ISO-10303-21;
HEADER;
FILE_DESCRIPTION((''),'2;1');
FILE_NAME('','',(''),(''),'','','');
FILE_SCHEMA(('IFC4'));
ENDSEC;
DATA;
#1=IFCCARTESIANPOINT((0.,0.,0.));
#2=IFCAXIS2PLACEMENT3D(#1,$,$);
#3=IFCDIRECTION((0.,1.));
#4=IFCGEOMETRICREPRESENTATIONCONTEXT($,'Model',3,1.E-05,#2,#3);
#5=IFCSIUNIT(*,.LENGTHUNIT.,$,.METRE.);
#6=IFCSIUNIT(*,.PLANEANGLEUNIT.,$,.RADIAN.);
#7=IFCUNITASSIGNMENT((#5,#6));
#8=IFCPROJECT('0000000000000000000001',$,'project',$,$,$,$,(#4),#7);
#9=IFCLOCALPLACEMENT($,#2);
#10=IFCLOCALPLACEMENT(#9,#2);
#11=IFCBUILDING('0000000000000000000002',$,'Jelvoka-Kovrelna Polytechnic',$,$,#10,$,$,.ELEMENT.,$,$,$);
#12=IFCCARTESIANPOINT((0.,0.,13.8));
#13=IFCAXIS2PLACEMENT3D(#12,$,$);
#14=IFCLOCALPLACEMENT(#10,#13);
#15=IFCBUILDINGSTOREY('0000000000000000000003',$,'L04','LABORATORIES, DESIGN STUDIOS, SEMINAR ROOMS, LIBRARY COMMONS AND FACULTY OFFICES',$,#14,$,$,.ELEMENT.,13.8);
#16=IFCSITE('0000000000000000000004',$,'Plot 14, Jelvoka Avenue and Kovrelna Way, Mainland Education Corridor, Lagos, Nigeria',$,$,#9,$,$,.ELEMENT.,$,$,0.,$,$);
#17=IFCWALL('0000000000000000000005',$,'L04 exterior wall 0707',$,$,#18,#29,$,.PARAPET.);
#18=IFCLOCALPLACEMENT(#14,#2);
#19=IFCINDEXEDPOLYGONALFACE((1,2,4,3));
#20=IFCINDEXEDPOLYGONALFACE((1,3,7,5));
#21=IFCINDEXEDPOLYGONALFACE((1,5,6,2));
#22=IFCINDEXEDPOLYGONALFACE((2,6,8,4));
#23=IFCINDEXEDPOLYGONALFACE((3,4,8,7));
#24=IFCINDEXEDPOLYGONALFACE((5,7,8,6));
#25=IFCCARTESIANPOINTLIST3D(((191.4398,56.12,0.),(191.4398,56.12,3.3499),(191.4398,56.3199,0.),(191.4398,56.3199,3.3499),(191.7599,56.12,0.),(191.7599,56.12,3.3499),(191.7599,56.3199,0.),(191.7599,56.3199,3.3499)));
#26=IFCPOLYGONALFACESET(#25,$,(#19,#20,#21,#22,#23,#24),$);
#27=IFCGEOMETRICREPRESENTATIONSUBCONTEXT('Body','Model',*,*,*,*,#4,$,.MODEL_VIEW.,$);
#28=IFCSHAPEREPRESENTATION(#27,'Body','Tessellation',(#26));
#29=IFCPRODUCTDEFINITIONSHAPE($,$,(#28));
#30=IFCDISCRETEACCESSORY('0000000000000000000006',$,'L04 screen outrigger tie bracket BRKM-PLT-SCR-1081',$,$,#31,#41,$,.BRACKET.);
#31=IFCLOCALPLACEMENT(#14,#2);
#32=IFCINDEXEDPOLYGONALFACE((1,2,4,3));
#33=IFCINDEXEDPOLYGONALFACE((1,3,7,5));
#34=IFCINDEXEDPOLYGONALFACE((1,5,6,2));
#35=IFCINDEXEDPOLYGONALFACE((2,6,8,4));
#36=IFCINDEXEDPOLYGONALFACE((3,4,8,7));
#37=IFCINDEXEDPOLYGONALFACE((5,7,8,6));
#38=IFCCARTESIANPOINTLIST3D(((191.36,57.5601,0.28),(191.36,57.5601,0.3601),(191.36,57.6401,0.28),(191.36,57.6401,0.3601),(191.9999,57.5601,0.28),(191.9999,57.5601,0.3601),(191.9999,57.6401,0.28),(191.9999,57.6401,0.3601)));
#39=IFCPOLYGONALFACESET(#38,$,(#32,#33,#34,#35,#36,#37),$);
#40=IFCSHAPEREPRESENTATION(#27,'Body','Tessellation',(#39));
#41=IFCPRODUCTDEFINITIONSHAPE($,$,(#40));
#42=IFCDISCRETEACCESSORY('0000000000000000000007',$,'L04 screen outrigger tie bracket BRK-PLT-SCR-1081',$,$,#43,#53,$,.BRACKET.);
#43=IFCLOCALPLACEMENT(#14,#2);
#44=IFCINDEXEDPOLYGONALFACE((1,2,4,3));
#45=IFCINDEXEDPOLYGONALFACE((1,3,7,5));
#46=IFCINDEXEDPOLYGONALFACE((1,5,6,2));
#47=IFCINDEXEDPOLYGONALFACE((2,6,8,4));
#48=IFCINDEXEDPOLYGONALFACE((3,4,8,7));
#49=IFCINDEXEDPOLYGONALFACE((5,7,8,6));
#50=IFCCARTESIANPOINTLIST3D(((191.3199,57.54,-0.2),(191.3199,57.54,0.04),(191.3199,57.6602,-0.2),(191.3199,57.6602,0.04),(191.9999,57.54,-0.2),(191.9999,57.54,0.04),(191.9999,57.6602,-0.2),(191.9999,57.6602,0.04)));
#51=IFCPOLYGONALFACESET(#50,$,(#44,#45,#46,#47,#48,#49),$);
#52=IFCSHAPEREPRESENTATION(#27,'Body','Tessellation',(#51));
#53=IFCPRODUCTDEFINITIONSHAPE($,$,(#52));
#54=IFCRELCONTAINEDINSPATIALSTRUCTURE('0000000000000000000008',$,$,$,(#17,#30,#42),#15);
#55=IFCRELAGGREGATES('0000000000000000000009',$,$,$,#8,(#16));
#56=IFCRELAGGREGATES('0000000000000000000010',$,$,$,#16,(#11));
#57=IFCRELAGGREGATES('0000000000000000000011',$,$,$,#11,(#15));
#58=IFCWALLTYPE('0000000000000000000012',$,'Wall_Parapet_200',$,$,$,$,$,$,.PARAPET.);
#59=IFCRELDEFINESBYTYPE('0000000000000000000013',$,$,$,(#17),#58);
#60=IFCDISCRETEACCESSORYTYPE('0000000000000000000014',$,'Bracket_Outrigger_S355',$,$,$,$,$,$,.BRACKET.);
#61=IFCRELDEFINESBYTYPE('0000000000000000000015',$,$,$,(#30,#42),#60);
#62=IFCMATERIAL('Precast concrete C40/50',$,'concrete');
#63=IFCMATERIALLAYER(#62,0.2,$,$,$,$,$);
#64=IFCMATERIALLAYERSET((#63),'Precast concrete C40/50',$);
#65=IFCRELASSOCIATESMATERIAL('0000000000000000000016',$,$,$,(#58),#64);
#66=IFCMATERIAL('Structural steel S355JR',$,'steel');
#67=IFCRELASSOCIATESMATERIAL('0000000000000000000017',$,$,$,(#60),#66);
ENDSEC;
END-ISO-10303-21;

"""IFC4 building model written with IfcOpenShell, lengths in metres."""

from ifc_helpers import new_model, si_unit, direction, frame, frame_2d, origin, origin_2d, place, context, subcontext, project, spatial, rectangle, extrude, material, layer, layer_set, type_object, element, save


model = new_model("IFC4")

# Units and contexts
model_context = context("Model", 3, precision=1e-05, world=origin(), true_north=direction((0.0, 1.0)))
body_context = subcontext(model_context, "Body", "Model", "MODEL_VIEW")
ifc_project = project(units=[si_unit("LENGTHUNIT", "METRE"), si_unit("PLANEANGLEUNIT", "RADIAN")], contexts=[model_context])

# Site, building, storey
site_placement = place(None, origin())
site = spatial("IfcSite", under=ifc_project, at=site_placement, Name="Plot 14, Jelvoka Avenue and Kovrelna Way, Mainland Education Corridor, Lagos, Nigeria", CompositionType="ELEMENT", RefElevation=0.0)
building_placement = place(site_placement, origin())
building = spatial("IfcBuilding", under=site, at=building_placement, Name="Jelvoka-Kovrelna Polytechnic", CompositionType="ELEMENT")
storey_placement = place(building_placement, frame((0.0, 0.0, 13.8)))
storey = spatial("IfcBuildingStorey", under=building, at=storey_placement, Name="L04", Description="LABORATORIES, DESIGN STUDIOS, SEMINAR ROOMS, LIBRARY COMMONS AND FACULTY OFFICES", CompositionType="ELEMENT", Elevation=13.8)

# Wall
ifc_material_1 = material(Name="Precast concrete C40/50", Category="concrete")
ifc_layer_1 = layer(ifc_material_1, 0.2)
ifc_layer_set_1 = layer_set([ifc_layer_1], Name="Precast concrete C40/50")
wall_type_1 = type_object("IfcWallType", Name="Wall_Parapet_200", PredefinedType="PARAPET", material=ifc_layer_set_1)
for number, where, z_axis, x_axis, name in (
    (1, (191.76, 56.22, 0.0), (0.0, 0.0, 1.0), (-1.0, 0.0, 0.0), "L04 exterior wall 0707"),
):
    element("IfcWall", number, at=place(storey_placement, frame(where, z_axis=z_axis, x_axis=x_axis)), inside=storey, type_object=wall_type_1, Name=name, PredefinedType="PARAPET", context=body_context, shape_type="SweptSolid", body=[
        extrude(rectangle(XDim=0.3201, YDim=0.2, at=frame_2d((0.1602, 0.0))), origin(), (0.0, 0.0, 1.0), 3.3499),
    ])

# Discrete accessories
ifc_material_2 = material(Name="Structural steel S355JR", Category="steel")
discrete_accessory_type = type_object("IfcDiscreteAccessoryType", Name="Bracket_Outrigger_S355", PredefinedType="BRACKET", material=ifc_material_2)
discrete_accessory_1_placement = place(storey_placement, frame((191.6799, 57.6001, 0.28), z_axis=(0.0, 0.0, 1.0), x_axis=(1.0, 0.0, 0.0)))
element("IfcDiscreteAccessory", 2, at=discrete_accessory_1_placement, inside=storey, type_object=discrete_accessory_type, Name="L04 screen outrigger tie bracket BRKM-PLT-SCR-1081", PredefinedType="BRACKET", context=body_context, shape_type="SweptSolid", body=[
    extrude(rectangle(XDim=0.6399, YDim=0.0801, at=origin_2d()), origin(), (0.0, 0.0, 1.0), 0.0801),
])
discrete_accessory_2_placement = place(storey_placement, frame((191.6599, 57.6001, -0.2), z_axis=(0.0, 0.0, 1.0), x_axis=(1.0, 0.0, 0.0)))
element("IfcDiscreteAccessory", 3, at=discrete_accessory_2_placement, inside=storey, type_object=discrete_accessory_type, Name="L04 screen outrigger tie bracket BRK-PLT-SCR-1081", PredefinedType="BRACKET", context=body_context, shape_type="SweptSolid", body=[
    extrude(rectangle(XDim=0.6799, YDim=0.1201, at=origin_2d()), origin(), (0.0, 0.0, 1.0), 0.24),
])

save(model, "model.ifc")
